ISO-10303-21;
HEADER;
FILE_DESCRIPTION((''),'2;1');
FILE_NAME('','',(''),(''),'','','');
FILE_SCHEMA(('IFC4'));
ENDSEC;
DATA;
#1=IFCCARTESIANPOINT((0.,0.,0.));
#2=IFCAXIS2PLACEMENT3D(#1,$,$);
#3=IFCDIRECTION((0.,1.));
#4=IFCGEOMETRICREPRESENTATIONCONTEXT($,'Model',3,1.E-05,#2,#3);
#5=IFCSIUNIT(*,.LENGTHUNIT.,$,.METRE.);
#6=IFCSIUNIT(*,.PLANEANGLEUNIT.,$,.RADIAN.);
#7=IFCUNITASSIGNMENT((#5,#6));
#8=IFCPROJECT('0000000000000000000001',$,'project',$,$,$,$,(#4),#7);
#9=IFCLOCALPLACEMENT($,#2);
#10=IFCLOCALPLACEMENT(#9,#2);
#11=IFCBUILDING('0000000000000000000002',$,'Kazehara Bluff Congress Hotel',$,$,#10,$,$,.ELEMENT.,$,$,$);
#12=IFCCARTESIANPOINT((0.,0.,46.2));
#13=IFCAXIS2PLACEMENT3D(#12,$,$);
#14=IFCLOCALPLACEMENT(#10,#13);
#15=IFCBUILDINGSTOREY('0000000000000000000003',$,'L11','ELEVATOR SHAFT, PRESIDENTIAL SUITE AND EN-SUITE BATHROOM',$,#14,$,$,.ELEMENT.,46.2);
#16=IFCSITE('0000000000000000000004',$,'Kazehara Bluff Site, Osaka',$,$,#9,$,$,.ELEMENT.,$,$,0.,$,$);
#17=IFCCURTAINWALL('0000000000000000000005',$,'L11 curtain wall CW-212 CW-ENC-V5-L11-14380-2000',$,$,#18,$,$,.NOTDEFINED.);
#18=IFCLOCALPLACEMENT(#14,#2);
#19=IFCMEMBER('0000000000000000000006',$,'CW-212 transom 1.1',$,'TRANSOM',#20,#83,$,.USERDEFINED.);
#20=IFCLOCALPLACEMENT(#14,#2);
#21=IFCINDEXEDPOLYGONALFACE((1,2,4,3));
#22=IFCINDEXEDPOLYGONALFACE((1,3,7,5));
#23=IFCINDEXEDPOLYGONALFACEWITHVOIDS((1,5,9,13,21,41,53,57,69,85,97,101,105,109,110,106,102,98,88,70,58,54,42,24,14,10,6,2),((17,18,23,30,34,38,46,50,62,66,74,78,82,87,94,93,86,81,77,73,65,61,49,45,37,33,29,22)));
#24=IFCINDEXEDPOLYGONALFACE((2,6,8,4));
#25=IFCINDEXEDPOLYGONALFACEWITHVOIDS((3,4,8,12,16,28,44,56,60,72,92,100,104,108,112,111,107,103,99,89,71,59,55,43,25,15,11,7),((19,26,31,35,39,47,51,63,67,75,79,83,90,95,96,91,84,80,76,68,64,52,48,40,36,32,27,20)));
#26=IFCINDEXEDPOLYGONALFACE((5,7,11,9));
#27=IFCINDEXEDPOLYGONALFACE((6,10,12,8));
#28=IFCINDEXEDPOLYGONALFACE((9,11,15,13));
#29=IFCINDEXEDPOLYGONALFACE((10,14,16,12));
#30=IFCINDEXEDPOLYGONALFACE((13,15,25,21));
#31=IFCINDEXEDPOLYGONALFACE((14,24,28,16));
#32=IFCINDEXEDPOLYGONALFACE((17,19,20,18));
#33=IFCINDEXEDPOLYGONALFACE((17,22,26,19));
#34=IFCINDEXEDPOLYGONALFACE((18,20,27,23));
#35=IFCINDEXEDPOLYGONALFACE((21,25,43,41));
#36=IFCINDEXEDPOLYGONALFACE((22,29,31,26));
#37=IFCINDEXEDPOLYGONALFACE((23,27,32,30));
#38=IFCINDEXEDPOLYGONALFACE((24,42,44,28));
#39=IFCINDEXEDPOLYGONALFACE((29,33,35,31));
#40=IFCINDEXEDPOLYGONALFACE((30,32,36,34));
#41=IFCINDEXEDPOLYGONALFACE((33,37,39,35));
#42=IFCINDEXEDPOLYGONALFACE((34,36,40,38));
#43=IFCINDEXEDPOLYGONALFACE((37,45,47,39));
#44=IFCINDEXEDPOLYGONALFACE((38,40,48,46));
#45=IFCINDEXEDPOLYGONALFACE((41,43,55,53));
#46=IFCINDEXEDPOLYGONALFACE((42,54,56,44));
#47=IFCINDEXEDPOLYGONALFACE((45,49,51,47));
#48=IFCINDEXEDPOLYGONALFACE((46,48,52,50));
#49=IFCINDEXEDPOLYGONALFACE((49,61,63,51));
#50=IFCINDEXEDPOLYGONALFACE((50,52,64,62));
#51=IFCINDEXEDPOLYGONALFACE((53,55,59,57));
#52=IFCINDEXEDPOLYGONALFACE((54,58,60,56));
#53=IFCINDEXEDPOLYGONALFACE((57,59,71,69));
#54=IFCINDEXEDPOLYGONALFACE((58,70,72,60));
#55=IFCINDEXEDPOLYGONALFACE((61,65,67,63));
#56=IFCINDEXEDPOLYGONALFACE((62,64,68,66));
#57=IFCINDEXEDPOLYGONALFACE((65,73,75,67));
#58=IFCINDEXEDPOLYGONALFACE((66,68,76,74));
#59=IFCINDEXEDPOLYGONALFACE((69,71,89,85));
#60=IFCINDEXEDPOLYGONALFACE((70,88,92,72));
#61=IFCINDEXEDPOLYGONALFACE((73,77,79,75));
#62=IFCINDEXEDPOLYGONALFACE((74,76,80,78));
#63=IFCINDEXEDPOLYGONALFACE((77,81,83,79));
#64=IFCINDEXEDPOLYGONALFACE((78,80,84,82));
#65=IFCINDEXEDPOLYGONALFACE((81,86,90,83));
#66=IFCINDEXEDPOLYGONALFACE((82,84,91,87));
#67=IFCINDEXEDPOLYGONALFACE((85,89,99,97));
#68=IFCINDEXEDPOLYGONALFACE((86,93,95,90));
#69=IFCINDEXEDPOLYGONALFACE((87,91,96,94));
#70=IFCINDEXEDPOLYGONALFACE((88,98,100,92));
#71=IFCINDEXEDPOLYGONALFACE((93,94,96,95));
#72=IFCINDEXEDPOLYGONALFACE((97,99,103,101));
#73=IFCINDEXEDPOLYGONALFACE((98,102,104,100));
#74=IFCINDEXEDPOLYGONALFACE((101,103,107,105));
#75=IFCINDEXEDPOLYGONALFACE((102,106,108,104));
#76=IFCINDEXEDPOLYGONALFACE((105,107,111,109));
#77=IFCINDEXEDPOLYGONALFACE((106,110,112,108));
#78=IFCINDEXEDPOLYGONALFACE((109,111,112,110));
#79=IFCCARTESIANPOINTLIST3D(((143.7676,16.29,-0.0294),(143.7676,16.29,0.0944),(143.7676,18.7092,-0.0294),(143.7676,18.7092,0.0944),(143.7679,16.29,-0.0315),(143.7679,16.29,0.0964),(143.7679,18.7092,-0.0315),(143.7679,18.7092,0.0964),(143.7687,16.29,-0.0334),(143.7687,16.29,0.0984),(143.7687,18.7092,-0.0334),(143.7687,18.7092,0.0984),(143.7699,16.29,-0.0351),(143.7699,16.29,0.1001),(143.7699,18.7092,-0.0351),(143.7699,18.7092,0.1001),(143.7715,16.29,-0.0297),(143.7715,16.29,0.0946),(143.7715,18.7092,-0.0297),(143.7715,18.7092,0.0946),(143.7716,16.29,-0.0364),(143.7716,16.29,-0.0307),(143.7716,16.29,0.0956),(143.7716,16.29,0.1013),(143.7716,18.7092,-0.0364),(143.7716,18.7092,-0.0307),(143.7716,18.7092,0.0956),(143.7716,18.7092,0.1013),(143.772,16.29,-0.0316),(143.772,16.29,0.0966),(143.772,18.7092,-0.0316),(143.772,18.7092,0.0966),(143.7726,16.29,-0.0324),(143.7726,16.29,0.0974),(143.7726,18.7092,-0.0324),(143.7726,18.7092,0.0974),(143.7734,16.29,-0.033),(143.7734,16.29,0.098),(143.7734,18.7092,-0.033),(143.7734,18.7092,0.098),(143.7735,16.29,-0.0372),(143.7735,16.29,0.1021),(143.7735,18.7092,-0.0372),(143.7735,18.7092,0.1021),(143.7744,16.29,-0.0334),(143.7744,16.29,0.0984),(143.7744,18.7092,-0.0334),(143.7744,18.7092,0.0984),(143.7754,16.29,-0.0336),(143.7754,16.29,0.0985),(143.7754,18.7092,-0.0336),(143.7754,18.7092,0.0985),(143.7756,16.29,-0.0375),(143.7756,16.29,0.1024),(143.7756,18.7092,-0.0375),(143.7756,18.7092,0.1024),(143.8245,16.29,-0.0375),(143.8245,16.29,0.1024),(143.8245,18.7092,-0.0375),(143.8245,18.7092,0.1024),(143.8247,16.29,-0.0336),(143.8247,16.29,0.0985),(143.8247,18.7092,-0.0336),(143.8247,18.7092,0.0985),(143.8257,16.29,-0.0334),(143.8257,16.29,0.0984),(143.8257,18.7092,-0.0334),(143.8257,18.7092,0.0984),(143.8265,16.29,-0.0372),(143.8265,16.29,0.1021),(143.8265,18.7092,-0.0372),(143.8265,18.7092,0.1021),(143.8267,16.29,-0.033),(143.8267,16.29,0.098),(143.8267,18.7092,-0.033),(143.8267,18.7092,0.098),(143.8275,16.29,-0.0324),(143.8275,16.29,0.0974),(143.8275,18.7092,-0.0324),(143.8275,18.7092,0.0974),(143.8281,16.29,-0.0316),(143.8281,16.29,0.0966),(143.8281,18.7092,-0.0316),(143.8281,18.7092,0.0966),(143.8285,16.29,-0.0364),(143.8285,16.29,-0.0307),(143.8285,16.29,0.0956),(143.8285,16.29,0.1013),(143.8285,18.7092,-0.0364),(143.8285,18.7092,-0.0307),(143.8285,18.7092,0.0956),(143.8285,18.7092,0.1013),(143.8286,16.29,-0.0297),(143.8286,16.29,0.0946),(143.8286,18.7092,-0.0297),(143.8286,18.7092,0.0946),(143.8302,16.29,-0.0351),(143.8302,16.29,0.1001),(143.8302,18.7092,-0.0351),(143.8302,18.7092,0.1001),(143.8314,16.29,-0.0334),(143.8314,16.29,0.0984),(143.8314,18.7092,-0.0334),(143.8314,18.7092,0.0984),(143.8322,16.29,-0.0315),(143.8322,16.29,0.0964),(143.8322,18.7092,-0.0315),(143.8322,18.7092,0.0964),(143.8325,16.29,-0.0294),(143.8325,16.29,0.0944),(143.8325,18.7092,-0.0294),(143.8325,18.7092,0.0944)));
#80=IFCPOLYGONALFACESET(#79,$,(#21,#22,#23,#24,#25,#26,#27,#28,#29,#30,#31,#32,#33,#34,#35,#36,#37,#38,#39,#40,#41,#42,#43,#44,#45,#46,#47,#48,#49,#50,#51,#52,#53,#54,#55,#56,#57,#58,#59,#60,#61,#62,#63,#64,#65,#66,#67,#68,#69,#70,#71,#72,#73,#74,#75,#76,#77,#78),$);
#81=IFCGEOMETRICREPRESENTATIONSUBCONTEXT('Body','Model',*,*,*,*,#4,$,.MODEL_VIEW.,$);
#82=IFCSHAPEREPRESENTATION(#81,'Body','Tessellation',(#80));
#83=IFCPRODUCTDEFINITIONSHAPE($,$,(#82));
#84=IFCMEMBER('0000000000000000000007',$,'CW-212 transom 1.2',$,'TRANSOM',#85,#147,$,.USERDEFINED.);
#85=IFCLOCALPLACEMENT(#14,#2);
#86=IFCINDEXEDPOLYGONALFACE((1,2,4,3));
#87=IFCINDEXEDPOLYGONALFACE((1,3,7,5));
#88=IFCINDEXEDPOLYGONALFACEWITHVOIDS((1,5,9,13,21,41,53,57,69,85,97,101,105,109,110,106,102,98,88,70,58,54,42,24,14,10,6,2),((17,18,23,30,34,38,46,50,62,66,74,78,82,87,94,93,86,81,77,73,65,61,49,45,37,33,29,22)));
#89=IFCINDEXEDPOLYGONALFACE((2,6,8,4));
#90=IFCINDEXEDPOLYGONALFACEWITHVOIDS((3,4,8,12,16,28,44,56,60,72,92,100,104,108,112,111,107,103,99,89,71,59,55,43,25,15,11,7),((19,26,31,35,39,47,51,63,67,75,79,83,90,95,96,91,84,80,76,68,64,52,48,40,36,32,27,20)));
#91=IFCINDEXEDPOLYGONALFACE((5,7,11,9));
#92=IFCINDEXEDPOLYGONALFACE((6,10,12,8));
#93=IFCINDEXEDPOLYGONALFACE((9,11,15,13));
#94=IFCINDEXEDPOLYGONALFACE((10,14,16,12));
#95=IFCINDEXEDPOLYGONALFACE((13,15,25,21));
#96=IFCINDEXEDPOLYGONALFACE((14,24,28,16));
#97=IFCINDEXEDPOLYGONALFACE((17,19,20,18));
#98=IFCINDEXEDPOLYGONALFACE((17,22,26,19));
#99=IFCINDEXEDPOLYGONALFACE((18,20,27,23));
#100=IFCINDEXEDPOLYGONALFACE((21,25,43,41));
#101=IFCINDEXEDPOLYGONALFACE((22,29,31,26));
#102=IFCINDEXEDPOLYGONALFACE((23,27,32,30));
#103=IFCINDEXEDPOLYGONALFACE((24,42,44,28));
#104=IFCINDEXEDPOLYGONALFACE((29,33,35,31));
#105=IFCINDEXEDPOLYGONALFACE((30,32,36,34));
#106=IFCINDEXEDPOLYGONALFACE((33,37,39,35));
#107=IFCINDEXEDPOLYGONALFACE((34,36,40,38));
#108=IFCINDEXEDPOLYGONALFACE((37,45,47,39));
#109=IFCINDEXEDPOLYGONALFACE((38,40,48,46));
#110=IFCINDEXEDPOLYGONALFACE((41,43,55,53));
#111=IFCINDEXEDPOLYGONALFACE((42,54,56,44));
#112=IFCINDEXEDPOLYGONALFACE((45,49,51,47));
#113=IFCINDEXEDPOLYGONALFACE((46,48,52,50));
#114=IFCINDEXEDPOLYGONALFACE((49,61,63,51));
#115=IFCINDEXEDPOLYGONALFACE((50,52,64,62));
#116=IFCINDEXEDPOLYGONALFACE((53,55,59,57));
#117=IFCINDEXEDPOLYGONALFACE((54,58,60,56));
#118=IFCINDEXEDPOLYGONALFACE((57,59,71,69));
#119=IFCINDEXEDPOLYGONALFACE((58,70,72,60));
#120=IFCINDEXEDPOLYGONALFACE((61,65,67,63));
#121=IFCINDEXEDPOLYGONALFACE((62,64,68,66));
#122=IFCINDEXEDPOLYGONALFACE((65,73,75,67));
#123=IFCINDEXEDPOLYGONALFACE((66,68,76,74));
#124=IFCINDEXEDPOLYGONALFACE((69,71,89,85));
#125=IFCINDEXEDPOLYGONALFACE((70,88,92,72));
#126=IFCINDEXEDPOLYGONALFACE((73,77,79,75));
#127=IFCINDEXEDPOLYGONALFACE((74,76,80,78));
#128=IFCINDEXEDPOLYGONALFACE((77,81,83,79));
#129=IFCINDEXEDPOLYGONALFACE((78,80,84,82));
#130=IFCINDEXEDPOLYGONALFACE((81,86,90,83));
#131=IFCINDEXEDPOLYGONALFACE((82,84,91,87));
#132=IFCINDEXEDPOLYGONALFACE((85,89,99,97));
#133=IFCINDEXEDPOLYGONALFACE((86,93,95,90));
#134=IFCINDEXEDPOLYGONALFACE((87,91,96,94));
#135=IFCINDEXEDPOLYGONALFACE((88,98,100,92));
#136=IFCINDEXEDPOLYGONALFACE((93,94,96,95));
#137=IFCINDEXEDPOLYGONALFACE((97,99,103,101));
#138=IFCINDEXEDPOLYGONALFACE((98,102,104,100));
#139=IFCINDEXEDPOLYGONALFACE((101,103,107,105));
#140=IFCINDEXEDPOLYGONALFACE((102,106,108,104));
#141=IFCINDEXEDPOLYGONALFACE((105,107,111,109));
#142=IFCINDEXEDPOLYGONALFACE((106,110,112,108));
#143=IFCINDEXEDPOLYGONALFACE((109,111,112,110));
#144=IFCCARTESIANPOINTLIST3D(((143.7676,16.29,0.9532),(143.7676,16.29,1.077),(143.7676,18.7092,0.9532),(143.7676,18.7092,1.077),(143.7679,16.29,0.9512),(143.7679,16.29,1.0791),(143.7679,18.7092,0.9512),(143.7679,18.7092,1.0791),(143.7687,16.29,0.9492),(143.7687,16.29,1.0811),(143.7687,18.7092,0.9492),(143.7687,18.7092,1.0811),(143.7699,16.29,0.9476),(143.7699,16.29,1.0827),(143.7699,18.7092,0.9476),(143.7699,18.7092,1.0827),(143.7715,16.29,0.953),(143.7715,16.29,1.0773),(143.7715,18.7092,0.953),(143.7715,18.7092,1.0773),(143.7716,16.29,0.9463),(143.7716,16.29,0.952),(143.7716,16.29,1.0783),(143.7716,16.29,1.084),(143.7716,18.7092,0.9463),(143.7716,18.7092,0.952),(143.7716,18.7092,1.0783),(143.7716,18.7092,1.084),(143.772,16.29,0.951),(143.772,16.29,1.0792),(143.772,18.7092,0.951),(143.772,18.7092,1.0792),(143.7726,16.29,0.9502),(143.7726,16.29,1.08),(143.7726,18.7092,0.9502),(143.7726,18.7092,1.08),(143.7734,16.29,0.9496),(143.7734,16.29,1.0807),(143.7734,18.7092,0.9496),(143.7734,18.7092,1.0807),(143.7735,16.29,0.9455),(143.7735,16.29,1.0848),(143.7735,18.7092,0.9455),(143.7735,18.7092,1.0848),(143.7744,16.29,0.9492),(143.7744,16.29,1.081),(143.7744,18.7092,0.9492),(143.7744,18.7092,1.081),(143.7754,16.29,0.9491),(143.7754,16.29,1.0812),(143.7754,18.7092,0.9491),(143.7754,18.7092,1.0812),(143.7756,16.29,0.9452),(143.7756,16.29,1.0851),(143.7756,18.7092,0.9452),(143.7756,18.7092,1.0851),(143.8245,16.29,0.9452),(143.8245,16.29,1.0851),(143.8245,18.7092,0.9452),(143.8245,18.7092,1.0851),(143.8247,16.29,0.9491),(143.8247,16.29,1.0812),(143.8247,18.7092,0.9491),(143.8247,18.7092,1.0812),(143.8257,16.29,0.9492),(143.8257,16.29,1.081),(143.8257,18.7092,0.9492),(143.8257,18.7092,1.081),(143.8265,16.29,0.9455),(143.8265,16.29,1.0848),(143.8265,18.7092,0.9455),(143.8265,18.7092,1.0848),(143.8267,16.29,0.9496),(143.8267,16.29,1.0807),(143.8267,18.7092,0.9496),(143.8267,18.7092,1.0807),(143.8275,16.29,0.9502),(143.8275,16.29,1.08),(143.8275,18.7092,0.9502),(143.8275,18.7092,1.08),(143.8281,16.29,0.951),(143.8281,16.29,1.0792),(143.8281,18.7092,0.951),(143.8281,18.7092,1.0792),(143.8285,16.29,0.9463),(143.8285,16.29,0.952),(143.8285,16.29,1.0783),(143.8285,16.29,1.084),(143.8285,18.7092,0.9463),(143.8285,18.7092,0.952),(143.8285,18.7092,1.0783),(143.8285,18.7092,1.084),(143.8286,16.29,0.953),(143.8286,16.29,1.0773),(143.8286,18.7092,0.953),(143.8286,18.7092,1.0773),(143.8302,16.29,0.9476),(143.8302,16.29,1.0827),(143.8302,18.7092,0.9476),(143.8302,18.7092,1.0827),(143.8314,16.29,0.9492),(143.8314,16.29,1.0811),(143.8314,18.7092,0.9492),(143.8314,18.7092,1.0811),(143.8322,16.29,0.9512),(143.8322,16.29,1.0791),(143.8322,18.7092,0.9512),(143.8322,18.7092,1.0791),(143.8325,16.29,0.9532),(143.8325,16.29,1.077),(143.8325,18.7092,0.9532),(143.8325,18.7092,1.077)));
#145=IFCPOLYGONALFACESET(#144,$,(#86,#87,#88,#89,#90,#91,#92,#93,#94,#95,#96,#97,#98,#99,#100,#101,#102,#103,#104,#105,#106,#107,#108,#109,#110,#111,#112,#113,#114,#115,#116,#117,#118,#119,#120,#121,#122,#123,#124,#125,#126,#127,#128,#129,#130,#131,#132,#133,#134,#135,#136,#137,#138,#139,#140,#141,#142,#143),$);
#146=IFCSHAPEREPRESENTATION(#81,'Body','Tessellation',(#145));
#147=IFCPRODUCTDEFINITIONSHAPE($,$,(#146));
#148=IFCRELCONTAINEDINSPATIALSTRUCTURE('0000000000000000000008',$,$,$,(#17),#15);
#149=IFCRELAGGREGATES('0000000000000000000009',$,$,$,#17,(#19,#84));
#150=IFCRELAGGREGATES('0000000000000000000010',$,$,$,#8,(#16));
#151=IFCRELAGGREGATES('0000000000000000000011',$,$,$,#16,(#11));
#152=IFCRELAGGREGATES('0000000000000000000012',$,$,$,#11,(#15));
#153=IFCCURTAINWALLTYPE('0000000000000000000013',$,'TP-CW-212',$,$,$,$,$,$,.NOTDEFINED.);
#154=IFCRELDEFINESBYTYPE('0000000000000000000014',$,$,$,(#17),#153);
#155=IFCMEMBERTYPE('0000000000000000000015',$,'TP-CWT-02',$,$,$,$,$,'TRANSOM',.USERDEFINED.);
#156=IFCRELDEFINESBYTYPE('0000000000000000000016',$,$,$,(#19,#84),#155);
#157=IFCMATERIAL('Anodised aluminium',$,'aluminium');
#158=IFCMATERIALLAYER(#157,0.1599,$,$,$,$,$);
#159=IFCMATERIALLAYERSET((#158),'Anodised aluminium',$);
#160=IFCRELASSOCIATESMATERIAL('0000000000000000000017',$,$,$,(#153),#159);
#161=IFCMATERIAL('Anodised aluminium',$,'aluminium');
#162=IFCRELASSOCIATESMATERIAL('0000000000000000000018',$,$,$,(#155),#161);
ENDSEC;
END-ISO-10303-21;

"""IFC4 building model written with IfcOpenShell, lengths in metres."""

from ifc_helpers import new_model, si_unit, direction, frame, origin, origin_2d, place, context, subcontext, project, spatial, hollow_rectangle, extrude, material, layer, layer_set, material_profile, profile_set, type_object, element, aggregate, save


model = new_model("IFC4")

# Units and contexts
model_context = context("Model", 3, precision=1e-05, world=origin(), true_north=direction((0.0, 1.0)))
body_context = subcontext(model_context, "Body", "Model", "MODEL_VIEW")
ifc_project = project(units=[si_unit("LENGTHUNIT", "METRE"), si_unit("PLANEANGLEUNIT", "RADIAN")], contexts=[model_context])

# Site, building, storey
site_placement = place(None, origin())
site = spatial("IfcSite", under=ifc_project, at=site_placement, Name="Kazehara Bluff Site, Osaka", CompositionType="ELEMENT", RefElevation=0.0)
building_placement = place(site_placement, origin())
building = spatial("IfcBuilding", under=site, at=building_placement, Name="Kazehara Bluff Congress Hotel", CompositionType="ELEMENT")
storey_placement = place(building_placement, frame((0.0, 0.0, 46.2)))
storey = spatial("IfcBuildingStorey", under=building, at=storey_placement, Name="L11", Description="ELEVATOR SHAFT, PRESIDENTIAL SUITE AND EN-SUITE BATHROOM", CompositionType="ELEMENT", Elevation=46.2)

# Curtain wall, members
ifc_material_1 = material(Name="Anodised aluminium", Category="aluminium")
ifc_layer_1 = layer(ifc_material_1, 0.1599)
ifc_layer_set_1 = layer_set([ifc_layer_1], Name="Anodised aluminium")
curtain_wall_type = type_object("IfcCurtainWallType", Name="TP-CW-212", PredefinedType="NOTDEFINED", material=ifc_layer_set_1)
curtain_wall_placement = place(storey_placement, origin())
curtain_wall = element("IfcCurtainWall", 1, at=curtain_wall_placement, inside=storey, type_object=curtain_wall_type, Name="L11 curtain wall CW-212 CW-ENC-V5-L11-14380-2000", PredefinedType="NOTDEFINED")
ifc_material_2 = material(Name="Anodised aluminium", Category="aluminium")
ifc_material_profile_1 = material_profile(ifc_material_2, hollow_rectangle(XDim=0.0649, YDim=0.1399, WallThickness=0.0039, InnerFilletRadius=0.0039, OuterFilletRadius=0.0081, at=origin_2d()))
ifc_profile_set_1 = profile_set([ifc_material_profile_1], Name="Anodised aluminium")
member_type_1 = type_object("IfcMemberType", Name="TP-CWT-02", ElementType="TRANSOM", PredefinedType="USERDEFINED", material=ifc_profile_set_1)
member_1_placement = place(storey_placement, frame((143.8, 16.29, 0.0325), z_axis=(0.0, 1.0, 0.0), x_axis=(-1.0, 0.0, 0.0)))
member_1 = element("IfcMember", 2, at=member_1_placement, type_object=member_type_1, Name="CW-212 transom 1.1", ObjectType="TRANSOM", PredefinedType="USERDEFINED", context=body_context, shape_type="SweptSolid", body=[
    extrude(hollow_rectangle(XDim=0.0649, YDim=0.1399, WallThickness=0.0039, InnerFilletRadius=0.0039, OuterFilletRadius=0.0081, at=origin_2d()), origin(), (0.0, 0.0, 1.0), 2.4192),
])
member_2_placement = place(storey_placement, frame((143.8, 16.29, 1.0151), z_axis=(0.0, 1.0, 0.0), x_axis=(-1.0, 0.0, 0.0)))
member_2 = element("IfcMember", 3, at=member_2_placement, type_object=member_type_1, Name="CW-212 transom 1.2", ObjectType="TRANSOM", PredefinedType="USERDEFINED", context=body_context, shape_type="SweptSolid", body=[
    extrude(hollow_rectangle(XDim=0.0649, YDim=0.1399, WallThickness=0.0039, InnerFilletRadius=0.0039, OuterFilletRadius=0.0081, at=origin_2d()), origin(), (0.0, 0.0, 1.0), 2.4192),
])

aggregate(curtain_wall, [member_1, member_2])

save(model, "model.ifc")
